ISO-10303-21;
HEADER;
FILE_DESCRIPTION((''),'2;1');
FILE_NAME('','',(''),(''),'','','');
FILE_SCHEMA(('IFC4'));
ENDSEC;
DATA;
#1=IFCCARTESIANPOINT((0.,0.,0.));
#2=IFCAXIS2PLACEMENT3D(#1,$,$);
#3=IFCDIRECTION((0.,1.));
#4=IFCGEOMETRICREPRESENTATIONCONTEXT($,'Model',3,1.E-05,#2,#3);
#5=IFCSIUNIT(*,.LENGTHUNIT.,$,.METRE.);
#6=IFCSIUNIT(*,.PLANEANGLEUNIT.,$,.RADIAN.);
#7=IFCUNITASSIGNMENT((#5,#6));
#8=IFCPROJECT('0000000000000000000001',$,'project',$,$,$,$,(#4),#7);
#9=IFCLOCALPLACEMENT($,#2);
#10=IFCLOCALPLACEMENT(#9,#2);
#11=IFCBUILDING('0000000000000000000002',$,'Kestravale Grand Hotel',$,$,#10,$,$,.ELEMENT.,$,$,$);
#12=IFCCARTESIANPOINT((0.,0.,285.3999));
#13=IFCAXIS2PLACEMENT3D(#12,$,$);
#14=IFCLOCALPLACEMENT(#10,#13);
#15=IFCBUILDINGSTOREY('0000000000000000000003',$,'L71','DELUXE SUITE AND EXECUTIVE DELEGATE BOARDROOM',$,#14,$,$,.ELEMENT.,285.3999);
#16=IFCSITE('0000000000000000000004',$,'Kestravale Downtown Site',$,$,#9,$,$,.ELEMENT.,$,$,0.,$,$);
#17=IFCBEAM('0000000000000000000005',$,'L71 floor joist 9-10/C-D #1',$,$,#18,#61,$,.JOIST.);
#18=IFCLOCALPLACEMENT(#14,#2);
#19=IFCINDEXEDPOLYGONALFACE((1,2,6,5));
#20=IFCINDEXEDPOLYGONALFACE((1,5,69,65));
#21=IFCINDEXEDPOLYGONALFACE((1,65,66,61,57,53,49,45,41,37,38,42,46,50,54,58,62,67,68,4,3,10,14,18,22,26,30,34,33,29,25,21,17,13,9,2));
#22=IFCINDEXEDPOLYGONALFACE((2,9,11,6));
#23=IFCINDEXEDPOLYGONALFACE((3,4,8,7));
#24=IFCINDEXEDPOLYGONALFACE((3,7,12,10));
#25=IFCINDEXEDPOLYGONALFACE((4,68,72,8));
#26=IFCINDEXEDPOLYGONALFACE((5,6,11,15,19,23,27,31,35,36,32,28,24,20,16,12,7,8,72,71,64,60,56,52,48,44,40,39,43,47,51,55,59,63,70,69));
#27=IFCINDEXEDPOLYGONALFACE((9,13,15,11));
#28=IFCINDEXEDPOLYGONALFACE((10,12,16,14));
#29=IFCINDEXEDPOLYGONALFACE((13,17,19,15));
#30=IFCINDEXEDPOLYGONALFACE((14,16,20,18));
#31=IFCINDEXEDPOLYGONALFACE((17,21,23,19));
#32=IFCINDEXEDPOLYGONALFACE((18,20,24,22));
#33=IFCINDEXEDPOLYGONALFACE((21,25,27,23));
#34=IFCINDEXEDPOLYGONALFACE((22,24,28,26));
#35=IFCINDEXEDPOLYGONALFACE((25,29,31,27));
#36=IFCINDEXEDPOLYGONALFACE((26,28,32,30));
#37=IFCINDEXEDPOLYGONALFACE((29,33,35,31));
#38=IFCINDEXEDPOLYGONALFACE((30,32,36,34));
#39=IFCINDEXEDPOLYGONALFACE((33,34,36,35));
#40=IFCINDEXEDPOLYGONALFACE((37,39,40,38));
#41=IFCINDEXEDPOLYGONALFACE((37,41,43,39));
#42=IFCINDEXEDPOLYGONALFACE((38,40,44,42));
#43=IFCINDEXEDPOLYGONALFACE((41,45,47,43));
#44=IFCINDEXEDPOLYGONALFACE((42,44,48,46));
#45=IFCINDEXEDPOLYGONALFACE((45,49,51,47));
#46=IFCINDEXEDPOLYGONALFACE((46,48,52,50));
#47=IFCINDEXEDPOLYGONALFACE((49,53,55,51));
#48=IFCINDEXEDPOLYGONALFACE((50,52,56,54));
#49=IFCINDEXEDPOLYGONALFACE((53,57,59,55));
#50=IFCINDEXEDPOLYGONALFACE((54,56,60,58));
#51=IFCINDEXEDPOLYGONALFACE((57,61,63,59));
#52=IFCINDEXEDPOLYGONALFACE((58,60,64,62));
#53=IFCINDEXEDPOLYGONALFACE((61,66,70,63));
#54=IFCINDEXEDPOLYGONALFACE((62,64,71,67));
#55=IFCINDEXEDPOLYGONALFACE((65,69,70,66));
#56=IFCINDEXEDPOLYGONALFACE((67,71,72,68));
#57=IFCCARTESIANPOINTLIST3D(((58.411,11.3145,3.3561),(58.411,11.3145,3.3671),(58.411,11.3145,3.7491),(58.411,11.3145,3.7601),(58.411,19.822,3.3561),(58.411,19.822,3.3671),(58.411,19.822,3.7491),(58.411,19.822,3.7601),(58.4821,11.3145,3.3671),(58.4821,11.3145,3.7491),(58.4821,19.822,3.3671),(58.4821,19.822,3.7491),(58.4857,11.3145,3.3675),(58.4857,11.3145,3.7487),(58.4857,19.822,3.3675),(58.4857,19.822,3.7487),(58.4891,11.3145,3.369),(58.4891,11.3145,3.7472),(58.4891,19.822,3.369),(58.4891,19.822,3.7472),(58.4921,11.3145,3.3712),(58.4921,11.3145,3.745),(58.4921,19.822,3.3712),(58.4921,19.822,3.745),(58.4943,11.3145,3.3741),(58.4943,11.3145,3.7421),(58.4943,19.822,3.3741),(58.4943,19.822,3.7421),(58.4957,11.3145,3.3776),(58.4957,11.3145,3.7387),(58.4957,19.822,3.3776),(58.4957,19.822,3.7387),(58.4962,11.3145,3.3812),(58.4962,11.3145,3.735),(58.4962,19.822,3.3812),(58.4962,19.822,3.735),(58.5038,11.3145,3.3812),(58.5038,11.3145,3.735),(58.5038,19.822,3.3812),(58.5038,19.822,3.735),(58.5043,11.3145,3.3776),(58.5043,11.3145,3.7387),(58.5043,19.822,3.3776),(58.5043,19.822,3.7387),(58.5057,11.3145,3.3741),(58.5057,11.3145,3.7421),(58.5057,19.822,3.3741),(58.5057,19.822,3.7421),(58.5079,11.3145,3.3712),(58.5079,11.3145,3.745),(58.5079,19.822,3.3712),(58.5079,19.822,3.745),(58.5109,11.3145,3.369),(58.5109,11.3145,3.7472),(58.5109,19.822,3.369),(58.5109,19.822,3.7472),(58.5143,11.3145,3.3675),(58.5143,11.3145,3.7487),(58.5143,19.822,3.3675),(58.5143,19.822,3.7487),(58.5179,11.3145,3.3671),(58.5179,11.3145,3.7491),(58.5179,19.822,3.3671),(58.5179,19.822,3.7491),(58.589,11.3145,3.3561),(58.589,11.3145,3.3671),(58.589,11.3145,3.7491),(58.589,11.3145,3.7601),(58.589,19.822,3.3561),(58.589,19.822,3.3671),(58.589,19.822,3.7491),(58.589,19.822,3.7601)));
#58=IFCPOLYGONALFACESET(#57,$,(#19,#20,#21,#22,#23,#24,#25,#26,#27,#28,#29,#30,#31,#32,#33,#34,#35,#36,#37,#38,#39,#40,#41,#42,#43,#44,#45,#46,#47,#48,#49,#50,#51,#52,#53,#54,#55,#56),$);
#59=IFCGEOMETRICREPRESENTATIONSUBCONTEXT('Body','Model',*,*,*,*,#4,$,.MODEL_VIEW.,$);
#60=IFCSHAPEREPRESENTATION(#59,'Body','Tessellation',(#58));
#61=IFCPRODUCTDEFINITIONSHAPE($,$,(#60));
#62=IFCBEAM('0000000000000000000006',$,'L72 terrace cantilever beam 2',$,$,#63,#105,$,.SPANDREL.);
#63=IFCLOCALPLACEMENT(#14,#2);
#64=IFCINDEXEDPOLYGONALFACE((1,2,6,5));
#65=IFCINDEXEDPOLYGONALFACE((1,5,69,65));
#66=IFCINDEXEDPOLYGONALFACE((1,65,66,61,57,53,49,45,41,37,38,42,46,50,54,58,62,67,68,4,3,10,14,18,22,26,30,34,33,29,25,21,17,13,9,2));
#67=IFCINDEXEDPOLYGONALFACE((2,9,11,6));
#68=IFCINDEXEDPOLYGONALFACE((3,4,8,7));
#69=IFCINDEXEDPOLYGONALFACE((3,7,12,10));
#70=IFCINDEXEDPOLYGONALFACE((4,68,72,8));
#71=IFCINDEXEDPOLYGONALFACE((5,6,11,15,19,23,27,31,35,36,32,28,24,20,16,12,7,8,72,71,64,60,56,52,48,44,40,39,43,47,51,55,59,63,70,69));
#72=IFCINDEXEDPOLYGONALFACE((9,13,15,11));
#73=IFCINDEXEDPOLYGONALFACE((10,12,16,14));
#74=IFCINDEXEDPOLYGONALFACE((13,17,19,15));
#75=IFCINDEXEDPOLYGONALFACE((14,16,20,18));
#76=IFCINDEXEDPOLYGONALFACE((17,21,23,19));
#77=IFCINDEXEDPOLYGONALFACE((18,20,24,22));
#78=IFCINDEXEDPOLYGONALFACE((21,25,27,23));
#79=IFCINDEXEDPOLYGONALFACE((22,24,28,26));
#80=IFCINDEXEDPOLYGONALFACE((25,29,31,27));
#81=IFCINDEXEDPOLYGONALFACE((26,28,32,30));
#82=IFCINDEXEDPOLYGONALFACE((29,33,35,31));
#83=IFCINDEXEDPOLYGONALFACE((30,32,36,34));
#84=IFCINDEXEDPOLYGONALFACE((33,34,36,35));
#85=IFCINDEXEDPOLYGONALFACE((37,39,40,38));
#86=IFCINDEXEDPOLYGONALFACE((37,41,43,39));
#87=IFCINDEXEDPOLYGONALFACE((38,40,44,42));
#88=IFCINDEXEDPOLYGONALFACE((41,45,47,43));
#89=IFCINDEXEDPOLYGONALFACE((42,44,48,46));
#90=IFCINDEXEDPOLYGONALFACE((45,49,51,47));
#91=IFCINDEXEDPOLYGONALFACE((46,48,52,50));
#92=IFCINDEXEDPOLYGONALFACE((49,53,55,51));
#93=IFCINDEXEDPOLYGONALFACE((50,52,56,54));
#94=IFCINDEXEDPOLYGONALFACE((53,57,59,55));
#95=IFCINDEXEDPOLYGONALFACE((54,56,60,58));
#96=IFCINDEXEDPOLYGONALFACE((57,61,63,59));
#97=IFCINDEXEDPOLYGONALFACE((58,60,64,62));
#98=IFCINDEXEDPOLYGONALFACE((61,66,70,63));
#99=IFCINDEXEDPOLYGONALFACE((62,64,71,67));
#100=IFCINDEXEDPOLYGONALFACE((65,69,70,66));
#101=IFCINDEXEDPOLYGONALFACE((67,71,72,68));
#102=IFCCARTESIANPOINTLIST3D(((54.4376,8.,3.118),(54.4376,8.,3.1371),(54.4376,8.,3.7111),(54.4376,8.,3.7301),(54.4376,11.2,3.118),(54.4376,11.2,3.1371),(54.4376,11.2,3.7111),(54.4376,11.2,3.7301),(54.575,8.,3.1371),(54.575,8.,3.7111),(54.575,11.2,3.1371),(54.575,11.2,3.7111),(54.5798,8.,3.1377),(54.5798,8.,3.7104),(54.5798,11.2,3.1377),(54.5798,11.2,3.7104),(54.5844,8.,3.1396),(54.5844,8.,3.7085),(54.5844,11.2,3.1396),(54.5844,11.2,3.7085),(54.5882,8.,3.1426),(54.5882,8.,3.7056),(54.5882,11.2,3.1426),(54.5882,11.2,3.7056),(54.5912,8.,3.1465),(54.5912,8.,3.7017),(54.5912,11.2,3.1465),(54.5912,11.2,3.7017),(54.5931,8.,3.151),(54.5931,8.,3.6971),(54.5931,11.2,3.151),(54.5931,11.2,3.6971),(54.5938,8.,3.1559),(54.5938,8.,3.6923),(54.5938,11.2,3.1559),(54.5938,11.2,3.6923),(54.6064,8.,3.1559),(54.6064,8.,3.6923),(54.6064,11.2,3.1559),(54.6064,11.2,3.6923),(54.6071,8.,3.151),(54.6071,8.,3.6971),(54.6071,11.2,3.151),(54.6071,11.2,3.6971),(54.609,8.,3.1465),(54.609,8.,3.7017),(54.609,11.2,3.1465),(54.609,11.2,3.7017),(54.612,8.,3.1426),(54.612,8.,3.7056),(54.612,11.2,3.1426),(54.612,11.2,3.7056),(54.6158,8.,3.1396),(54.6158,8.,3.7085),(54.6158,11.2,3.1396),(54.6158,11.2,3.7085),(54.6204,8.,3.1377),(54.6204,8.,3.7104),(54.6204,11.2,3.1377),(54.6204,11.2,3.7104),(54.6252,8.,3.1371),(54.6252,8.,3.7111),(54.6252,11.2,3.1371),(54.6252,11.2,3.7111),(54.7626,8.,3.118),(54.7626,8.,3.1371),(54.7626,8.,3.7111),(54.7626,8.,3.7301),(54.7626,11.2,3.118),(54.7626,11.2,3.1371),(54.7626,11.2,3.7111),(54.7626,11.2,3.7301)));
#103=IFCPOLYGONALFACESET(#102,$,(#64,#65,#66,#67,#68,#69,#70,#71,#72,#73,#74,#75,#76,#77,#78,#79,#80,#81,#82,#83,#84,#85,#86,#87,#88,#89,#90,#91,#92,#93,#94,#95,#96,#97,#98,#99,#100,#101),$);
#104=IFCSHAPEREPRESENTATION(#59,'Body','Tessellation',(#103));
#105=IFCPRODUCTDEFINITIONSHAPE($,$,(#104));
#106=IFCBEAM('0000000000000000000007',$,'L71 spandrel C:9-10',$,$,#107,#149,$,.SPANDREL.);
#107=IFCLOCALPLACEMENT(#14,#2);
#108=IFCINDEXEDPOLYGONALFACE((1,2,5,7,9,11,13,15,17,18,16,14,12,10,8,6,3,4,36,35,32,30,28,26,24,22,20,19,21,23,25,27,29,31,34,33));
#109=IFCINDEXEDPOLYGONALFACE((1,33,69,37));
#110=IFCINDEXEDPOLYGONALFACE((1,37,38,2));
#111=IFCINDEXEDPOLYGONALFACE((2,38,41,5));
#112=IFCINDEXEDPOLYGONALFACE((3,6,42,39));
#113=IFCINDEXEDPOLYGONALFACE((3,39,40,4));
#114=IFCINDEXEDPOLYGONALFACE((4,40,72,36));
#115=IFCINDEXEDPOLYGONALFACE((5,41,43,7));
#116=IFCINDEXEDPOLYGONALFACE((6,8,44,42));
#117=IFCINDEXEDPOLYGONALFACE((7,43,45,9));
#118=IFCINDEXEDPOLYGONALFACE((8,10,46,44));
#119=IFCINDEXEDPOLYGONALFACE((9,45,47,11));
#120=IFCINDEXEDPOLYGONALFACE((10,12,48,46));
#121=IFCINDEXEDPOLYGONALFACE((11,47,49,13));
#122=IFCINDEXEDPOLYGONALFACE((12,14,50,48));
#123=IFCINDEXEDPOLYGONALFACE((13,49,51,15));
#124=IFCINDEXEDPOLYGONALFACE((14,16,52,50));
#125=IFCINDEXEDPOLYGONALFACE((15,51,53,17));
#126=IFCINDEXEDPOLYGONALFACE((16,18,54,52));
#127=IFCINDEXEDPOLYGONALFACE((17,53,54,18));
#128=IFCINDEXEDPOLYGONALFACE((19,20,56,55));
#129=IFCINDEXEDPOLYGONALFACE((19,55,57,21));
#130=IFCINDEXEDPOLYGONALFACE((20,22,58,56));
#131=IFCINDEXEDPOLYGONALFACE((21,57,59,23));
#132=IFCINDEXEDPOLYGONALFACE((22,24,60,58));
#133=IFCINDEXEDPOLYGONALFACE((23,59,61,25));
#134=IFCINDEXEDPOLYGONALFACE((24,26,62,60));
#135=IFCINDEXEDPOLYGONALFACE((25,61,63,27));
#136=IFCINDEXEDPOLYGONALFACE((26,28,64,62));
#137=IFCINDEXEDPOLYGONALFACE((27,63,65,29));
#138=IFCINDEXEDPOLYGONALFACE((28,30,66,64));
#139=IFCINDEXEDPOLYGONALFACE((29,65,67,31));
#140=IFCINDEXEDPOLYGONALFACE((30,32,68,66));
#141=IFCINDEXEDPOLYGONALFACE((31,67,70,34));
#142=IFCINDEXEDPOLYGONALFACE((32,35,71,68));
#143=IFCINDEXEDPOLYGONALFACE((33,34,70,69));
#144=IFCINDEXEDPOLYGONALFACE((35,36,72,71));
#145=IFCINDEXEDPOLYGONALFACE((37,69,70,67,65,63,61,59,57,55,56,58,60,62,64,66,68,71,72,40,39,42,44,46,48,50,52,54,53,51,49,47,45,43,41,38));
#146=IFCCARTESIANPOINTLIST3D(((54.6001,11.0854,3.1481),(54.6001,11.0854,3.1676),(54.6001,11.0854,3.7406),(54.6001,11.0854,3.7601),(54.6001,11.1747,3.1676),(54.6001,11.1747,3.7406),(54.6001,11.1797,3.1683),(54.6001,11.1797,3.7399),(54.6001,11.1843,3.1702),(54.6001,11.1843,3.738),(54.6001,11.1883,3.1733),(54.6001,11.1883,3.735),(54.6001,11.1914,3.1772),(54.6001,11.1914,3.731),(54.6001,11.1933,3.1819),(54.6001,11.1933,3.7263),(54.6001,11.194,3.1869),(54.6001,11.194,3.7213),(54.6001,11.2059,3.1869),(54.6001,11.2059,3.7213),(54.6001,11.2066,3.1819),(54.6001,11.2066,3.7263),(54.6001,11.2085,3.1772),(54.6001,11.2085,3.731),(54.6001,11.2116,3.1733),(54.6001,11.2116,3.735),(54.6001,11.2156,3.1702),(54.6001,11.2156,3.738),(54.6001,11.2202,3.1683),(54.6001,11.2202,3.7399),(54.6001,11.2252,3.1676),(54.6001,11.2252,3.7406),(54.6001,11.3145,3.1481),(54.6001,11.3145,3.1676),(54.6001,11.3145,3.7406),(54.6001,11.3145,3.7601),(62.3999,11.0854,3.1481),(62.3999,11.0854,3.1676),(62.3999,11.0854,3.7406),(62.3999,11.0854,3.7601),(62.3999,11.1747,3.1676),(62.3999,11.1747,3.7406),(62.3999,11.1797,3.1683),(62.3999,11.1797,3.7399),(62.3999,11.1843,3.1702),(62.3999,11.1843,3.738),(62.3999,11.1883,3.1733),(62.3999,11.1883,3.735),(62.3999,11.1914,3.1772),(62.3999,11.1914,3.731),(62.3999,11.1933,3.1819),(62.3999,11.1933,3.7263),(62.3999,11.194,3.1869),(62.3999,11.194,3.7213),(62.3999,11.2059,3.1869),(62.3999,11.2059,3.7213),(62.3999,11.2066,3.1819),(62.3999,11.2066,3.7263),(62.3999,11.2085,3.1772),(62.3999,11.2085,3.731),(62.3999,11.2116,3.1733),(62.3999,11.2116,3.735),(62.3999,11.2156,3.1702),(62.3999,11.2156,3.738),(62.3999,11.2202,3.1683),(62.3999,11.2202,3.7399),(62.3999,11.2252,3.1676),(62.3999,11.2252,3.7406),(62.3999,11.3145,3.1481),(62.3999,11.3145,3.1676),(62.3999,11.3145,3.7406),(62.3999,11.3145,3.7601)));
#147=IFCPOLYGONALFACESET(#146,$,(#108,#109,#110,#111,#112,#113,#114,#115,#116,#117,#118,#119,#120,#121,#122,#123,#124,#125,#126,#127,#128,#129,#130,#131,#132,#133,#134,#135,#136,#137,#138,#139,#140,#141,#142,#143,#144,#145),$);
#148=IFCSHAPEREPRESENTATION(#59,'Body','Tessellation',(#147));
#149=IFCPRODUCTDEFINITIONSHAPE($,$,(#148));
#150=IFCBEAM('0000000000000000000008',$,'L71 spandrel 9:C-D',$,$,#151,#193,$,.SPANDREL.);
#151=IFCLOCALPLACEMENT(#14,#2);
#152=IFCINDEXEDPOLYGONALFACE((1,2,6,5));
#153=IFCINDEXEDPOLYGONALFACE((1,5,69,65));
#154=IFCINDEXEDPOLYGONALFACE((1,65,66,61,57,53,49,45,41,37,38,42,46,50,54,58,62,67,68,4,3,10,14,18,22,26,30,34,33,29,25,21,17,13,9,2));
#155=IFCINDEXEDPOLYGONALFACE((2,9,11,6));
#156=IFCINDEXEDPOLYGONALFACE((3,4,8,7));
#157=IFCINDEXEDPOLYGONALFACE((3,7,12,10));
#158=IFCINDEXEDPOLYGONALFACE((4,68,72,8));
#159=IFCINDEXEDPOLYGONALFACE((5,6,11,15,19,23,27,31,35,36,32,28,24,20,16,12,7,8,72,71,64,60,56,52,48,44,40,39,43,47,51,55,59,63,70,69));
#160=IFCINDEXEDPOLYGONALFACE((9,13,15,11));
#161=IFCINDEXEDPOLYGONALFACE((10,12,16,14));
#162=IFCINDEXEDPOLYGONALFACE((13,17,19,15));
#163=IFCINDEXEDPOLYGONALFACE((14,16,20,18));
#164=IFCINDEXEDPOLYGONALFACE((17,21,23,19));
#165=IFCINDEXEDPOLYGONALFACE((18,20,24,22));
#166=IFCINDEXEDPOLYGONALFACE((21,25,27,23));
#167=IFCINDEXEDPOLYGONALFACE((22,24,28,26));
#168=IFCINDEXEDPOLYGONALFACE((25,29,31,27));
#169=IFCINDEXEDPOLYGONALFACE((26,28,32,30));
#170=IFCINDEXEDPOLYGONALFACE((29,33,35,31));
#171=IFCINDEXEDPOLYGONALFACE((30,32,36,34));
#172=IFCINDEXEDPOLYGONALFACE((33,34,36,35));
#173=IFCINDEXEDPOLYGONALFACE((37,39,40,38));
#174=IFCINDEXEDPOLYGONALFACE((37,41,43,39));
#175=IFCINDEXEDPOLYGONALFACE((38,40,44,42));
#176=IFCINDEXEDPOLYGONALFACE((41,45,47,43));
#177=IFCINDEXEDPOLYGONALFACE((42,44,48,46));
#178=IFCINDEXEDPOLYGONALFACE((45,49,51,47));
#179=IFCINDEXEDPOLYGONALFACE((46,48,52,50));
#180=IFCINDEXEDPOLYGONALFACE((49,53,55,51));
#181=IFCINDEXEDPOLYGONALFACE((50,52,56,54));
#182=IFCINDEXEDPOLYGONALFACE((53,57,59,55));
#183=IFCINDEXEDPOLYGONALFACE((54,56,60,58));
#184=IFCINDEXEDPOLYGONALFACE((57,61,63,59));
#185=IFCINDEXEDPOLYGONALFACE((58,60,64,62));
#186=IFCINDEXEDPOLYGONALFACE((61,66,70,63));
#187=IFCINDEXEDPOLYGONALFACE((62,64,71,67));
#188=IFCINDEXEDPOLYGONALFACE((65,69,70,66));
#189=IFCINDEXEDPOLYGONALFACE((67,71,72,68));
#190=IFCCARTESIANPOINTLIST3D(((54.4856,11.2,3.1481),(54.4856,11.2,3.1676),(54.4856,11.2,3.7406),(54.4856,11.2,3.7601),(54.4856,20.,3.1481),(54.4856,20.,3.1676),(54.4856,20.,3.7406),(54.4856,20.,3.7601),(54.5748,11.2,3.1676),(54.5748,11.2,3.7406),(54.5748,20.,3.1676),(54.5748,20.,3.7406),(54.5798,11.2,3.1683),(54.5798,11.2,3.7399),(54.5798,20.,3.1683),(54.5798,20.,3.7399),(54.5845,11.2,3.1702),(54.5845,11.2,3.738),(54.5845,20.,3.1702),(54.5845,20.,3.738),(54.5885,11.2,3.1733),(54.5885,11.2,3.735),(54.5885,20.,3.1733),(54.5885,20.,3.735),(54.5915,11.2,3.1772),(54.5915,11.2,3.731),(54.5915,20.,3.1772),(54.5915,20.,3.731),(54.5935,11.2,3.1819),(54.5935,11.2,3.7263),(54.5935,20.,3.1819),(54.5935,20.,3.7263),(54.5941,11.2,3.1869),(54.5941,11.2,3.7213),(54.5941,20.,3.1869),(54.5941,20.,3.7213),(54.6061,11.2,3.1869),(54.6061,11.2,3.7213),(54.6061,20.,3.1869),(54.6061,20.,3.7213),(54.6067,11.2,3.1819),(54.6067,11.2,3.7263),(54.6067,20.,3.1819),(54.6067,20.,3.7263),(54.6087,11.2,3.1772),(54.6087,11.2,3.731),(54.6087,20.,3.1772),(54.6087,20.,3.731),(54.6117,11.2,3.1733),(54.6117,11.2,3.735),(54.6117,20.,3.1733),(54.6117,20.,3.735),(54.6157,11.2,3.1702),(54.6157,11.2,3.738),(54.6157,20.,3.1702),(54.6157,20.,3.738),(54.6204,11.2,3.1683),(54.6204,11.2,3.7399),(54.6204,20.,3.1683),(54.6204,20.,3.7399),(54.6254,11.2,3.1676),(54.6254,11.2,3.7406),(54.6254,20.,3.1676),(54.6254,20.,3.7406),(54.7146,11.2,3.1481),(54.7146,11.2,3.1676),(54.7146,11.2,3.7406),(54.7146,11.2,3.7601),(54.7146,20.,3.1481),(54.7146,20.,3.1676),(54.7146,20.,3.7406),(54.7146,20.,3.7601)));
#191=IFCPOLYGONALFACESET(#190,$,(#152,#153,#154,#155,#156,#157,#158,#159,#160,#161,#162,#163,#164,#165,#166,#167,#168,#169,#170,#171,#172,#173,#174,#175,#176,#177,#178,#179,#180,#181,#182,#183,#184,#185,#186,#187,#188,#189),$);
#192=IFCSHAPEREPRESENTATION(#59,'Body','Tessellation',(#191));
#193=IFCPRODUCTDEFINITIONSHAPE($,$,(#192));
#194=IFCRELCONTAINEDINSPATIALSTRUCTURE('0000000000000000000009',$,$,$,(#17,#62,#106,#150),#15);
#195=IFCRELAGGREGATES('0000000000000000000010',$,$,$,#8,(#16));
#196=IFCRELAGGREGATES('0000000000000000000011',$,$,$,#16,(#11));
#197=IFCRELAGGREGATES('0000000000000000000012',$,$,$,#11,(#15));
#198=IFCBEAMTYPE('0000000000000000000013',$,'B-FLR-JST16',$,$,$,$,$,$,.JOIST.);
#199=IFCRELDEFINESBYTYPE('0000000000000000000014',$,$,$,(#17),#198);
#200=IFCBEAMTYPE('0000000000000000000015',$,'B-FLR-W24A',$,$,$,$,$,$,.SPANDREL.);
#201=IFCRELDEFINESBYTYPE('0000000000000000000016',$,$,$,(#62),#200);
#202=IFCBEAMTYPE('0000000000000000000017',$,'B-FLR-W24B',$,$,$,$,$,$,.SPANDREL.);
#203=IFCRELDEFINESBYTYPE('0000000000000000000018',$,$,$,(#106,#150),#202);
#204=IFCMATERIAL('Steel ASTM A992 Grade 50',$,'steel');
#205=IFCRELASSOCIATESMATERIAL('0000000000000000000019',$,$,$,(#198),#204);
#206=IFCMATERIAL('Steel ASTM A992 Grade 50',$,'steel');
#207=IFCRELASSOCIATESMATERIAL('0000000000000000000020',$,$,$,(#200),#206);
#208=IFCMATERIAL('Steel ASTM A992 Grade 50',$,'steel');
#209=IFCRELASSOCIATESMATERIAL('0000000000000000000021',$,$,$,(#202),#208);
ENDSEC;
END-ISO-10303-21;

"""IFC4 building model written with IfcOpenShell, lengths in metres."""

from ifc_helpers import new_model, si_unit, direction, frame, origin, origin_2d, place, context, subcontext, project, spatial, i_section, extrude, material, material_profile, profile_set, type_object, element, save


model = new_model("IFC4")

# Units and contexts
model_context = context("Model", 3, precision=1e-05, world=origin(), true_north=direction((0.0, 1.0)))
body_context = subcontext(model_context, "Body", "Model", "MODEL_VIEW")
ifc_project = project(units=[si_unit("LENGTHUNIT", "METRE"), si_unit("PLANEANGLEUNIT", "RADIAN")], contexts=[model_context])

# Site, building, storey
site_placement = place(None, origin())
site = spatial("IfcSite", under=ifc_project, at=site_placement, Name="Kestravale Downtown Site", CompositionType="ELEMENT", RefElevation=0.0)
building_placement = place(site_placement, origin())
building = spatial("IfcBuilding", under=site, at=building_placement, Name="Kestravale Grand Hotel", CompositionType="ELEMENT")
storey_placement = place(building_placement, frame((0.0, 0.0, 285.3999)))
storey = spatial("IfcBuildingStorey", under=building, at=storey_placement, Name="L71", Description="DELUXE SUITE AND EXECUTIVE DELEGATE BOARDROOM", CompositionType="ELEMENT", Elevation=285.3999)

# Beams
ifc_material_1 = material(Name="Steel ASTM A992 Grade 50", Category="steel")
ifc_material_profile_1 = material_profile(ifc_material_1, i_section(OverallWidth=0.178, OverallDepth=0.4041, WebThickness=0.0076, FlangeThickness=0.011, FilletRadius=0.0142, at=origin_2d()))
ifc_profile_set_1 = profile_set([ifc_material_profile_1], Name="Steel ASTM A992 Grade 50")
beam_type_1 = type_object("IfcBeamType", Name="B-FLR-JST16", PredefinedType="JOIST", material=ifc_profile_set_1)
beam_1_placement = place(storey_placement, frame((58.5, 11.3145, 3.5581), z_axis=(0.0, 1.0, 0.0), x_axis=(-1.0, 0.0, 0.0)))
element("IfcBeam", 1, at=beam_1_placement, inside=storey, type_object=beam_type_1, Name="L71 floor joist 9-10/C-D #1", PredefinedType="JOIST", context=body_context, shape_type="SweptSolid", body=[
    extrude(i_section(OverallWidth=0.178, OverallDepth=0.4041, WebThickness=0.0076, FlangeThickness=0.011, FilletRadius=0.0142, at=origin_2d()), origin(), (0.0, 0.0, 1.0), 8.5076),
])
ifc_material_2 = material(Name="Steel ASTM A992 Grade 50", Category="steel")
ifc_material_profile_2 = material_profile(ifc_material_2, i_section(OverallWidth=0.325, OverallDepth=0.6121, WebThickness=0.0127, FlangeThickness=0.019, FilletRadius=0.0188, at=origin_2d()))
ifc_profile_set_2 = profile_set([ifc_material_profile_2], Name="Steel ASTM A992 Grade 50")
beam_type_2 = type_object("IfcBeamType", Name="B-FLR-W24A", PredefinedType="SPANDREL", material=ifc_profile_set_2)
beam_2_placement = place(storey_placement, frame((54.6001, 11.2, 3.4241), z_axis=(0.0, -1.0, 0.0), x_axis=(1.0, 0.0, 0.0)))
element("IfcBeam", 2, at=beam_2_placement, inside=storey, type_object=beam_type_2, Name="L72 terrace cantilever beam 2", PredefinedType="SPANDREL", context=body_context, shape_type="SweptSolid", body=[
    extrude(i_section(OverallWidth=0.325, OverallDepth=0.6121, WebThickness=0.0127, FlangeThickness=0.019, FilletRadius=0.0188, at=origin_2d()), origin(), (0.0, 0.0, 1.0), 3.2),
])
ifc_material_3 = material(Name="Steel ASTM A992 Grade 50", Category="steel")
ifc_material_profile_3 = material_profile(ifc_material_3, i_section(OverallWidth=0.229, OverallDepth=0.6121, WebThickness=0.012, FlangeThickness=0.0195, FilletRadius=0.0193, at=origin_2d()))
ifc_profile_set_3 = profile_set([ifc_material_profile_3], Name="Steel ASTM A992 Grade 50")
beam_type_3 = type_object("IfcBeamType", Name="B-FLR-W24B", PredefinedType="SPANDREL", material=ifc_profile_set_3)
beam_3_placement = place(storey_placement, frame((54.6001, 11.2, 3.4541), z_axis=(1.0, 0.0, 0.0), x_axis=(0.0, 1.0, 0.0)))
element("IfcBeam", 3, at=beam_3_placement, inside=storey, type_object=beam_type_3, Name="L71 spandrel C:9-10", PredefinedType="SPANDREL", context=body_context, shape_type="SweptSolid", body=[
    extrude(i_section(OverallWidth=0.229, OverallDepth=0.6121, WebThickness=0.012, FlangeThickness=0.0195, FilletRadius=0.0193, at=origin_2d()), origin(), (0.0, 0.0, 1.0), 7.7998),
])
for number, where, z_axis, x_axis, name in (
    (4, (54.6001, 11.2, 3.4541), (0.0, 1.0, 0.0), (-1.0, 0.0, 0.0), "L71 spandrel 9:C-D"),
):
    element("IfcBeam", number, at=place(storey_placement, frame(where, z_axis=z_axis, x_axis=x_axis)), inside=storey, type_object=beam_type_3, Name=name, PredefinedType="SPANDREL", context=body_context, shape_type="SweptSolid", body=[
        extrude(i_section(OverallWidth=0.229, OverallDepth=0.6121, WebThickness=0.012, FlangeThickness=0.0195, FilletRadius=0.0193, at=origin_2d()), origin(), (0.0, 0.0, 1.0), 8.8),
    ])

save(model, "model.ifc")
